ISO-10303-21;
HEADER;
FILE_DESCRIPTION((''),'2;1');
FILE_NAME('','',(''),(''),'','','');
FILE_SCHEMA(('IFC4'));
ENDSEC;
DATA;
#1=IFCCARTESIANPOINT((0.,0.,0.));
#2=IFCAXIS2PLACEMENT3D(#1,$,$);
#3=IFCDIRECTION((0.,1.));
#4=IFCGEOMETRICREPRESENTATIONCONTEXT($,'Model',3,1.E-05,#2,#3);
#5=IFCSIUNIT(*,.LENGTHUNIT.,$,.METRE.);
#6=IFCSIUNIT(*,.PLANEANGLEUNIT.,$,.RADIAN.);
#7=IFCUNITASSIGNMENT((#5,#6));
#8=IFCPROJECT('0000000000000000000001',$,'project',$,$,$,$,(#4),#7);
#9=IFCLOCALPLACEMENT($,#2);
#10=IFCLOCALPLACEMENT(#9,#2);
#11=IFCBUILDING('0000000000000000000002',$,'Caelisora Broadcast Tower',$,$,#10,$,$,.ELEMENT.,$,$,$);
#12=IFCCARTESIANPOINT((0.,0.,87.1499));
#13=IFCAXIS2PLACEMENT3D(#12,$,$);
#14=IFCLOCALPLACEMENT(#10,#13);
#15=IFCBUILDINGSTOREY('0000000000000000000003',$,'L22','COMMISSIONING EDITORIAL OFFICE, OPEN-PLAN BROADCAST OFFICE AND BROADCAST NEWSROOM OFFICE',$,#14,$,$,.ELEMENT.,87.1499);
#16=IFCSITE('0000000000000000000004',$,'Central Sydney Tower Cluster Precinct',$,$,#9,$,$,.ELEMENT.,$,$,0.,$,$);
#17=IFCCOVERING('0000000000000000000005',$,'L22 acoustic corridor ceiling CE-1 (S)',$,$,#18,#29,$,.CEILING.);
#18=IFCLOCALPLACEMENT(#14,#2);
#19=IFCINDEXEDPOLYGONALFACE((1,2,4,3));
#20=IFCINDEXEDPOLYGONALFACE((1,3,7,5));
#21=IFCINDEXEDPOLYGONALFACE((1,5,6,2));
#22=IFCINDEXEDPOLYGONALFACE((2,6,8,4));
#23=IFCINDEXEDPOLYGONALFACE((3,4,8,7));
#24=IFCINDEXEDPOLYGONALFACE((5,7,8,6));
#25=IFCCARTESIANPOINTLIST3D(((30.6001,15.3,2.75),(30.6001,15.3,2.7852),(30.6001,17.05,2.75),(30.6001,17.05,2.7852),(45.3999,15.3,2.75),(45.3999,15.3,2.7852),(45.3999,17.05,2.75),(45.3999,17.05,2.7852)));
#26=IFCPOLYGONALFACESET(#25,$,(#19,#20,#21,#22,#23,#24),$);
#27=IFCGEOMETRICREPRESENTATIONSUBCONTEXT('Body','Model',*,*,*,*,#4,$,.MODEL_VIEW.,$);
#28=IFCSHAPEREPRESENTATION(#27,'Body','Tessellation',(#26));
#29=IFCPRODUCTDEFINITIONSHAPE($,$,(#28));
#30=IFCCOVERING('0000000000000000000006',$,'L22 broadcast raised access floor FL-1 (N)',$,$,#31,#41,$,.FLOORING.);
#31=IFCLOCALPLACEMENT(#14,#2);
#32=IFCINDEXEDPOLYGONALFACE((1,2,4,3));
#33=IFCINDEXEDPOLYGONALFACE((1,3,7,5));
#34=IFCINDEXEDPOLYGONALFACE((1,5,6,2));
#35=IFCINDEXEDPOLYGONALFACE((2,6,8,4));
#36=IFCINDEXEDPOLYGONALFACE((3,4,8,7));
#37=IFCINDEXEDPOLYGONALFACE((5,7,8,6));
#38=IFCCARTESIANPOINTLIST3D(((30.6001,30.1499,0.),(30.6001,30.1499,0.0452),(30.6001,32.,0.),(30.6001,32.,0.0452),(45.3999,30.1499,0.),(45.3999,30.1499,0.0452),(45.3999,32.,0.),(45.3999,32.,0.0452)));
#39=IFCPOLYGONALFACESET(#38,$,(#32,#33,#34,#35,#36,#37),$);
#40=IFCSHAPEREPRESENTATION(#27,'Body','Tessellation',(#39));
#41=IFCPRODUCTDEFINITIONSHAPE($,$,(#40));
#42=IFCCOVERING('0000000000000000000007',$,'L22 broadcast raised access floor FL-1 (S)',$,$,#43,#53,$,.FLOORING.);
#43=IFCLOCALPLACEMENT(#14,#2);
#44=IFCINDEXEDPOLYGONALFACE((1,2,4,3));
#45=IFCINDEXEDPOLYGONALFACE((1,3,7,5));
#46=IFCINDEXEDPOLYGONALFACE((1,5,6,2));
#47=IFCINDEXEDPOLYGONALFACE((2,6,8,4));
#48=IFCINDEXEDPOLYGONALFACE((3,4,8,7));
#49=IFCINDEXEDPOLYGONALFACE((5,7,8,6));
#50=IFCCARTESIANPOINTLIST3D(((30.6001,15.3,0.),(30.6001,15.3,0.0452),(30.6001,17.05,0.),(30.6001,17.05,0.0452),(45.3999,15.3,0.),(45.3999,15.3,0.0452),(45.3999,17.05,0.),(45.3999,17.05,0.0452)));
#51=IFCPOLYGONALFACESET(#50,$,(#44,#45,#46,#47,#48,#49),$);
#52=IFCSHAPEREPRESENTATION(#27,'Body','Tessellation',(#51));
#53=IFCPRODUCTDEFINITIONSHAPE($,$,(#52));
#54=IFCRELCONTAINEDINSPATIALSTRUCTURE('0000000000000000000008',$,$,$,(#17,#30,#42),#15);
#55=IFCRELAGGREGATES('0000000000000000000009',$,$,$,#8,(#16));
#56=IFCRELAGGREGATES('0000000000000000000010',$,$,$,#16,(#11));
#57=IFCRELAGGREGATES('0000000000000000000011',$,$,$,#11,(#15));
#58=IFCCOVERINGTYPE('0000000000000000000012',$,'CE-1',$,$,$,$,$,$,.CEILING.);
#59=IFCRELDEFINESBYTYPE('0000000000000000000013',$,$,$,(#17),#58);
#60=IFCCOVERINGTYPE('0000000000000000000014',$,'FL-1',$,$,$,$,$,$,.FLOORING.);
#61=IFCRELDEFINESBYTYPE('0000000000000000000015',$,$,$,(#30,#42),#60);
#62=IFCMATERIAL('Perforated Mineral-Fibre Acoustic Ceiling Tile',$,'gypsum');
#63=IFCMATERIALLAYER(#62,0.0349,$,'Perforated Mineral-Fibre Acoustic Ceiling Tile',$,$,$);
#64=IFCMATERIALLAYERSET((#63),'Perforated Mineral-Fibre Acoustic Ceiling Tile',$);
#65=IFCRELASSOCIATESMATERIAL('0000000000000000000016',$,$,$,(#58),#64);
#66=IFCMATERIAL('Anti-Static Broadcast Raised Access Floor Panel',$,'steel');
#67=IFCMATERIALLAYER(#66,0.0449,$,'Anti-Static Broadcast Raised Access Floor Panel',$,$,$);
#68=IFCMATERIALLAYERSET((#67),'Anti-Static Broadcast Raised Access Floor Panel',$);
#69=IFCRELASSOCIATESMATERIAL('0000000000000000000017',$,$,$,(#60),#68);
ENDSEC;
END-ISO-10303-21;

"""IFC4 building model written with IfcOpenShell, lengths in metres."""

from ifc_helpers import new_model, si_unit, direction, frame, origin, place, context, subcontext, project, spatial, polyline, outline, extrude, material, layer, layer_set, type_object, element, save


model = new_model("IFC4")

# Units and contexts
model_context = context("Model", 3, precision=1e-05, world=origin(), true_north=direction((0.0, 1.0)))
body_context = subcontext(model_context, "Body", "Model", "MODEL_VIEW")
ifc_project = project(units=[si_unit("LENGTHUNIT", "METRE"), si_unit("PLANEANGLEUNIT", "RADIAN")], contexts=[model_context])

# Site, building, storey
site_placement = place(None, origin())
site = spatial("IfcSite", under=ifc_project, at=site_placement, Name="Central Sydney Tower Cluster Precinct", CompositionType="ELEMENT", RefElevation=0.0)
building_placement = place(site_placement, origin())
building = spatial("IfcBuilding", under=site, at=building_placement, Name="Caelisora Broadcast Tower", CompositionType="ELEMENT")
storey_placement = place(building_placement, frame((0.0, 0.0, 87.1499)))
storey = spatial("IfcBuildingStorey", under=building, at=storey_placement, Name="L22", Description="COMMISSIONING EDITORIAL OFFICE, OPEN-PLAN BROADCAST OFFICE AND BROADCAST NEWSROOM OFFICE", CompositionType="ELEMENT", Elevation=87.1499)

# Coverings
ifc_material_1 = material(Name="Perforated Mineral-Fibre Acoustic Ceiling Tile", Category="gypsum")
ifc_layer_1 = layer(ifc_material_1, 0.0349, Name="Perforated Mineral-Fibre Acoustic Ceiling Tile")
ifc_layer_set_1 = layer_set([ifc_layer_1], Name="Perforated Mineral-Fibre Acoustic Ceiling Tile")
covering_type_1 = type_object("IfcCoveringType", Name="CE-1", PredefinedType="CEILING", material=ifc_layer_set_1)
covering_1_placement = place(storey_placement, frame((0.0, 0.0, 2.75)))
element("IfcCovering", 1, at=covering_1_placement, inside=storey, type_object=covering_type_1, Name="L22 acoustic corridor ceiling CE-1 (S)", PredefinedType="CEILING", context=body_context, shape_type="SweptSolid", body=[
    extrude(outline(polyline([(30.6001, 15.3), (45.3999, 15.3), (45.3999, 17.05), (30.6001, 17.05), (30.6001, 15.3)])), origin(), (0.0, 0.0, 1.0), 0.0352),
])
ifc_material_2 = material(Name="Anti-Static Broadcast Raised Access Floor Panel", Category="steel")
ifc_layer_2 = layer(ifc_material_2, 0.0449, Name="Anti-Static Broadcast Raised Access Floor Panel")
ifc_layer_set_2 = layer_set([ifc_layer_2], Name="Anti-Static Broadcast Raised Access Floor Panel")
covering_type_2 = type_object("IfcCoveringType", Name="FL-1", PredefinedType="FLOORING", material=ifc_layer_set_2)
covering_2_placement = place(storey_placement, origin())
element("IfcCovering", 2, at=covering_2_placement, inside=storey, type_object=covering_type_2, Name="L22 broadcast raised access floor FL-1 (N)", PredefinedType="FLOORING", context=body_context, shape_type="SweptSolid", body=[
    extrude(outline(polyline([(30.6001, 30.1499), (45.3999, 30.1499), (45.3999, 32.0), (30.6001, 32.0), (30.6001, 30.1499)])), origin(), (0.0, 0.0, 1.0), 0.0452),
])
covering_3_placement = place(storey_placement, origin())
element("IfcCovering", 3, at=covering_3_placement, inside=storey, type_object=covering_type_2, Name="L22 broadcast raised access floor FL-1 (S)", PredefinedType="FLOORING", context=body_context, shape_type="SweptSolid", body=[
    extrude(outline(polyline([(30.6001, 15.3), (45.3999, 15.3), (45.3999, 17.05), (30.6001, 17.05), (30.6001, 15.3)])), origin(), (0.0, 0.0, 1.0), 0.0452),
])

save(model, "model.ifc")
